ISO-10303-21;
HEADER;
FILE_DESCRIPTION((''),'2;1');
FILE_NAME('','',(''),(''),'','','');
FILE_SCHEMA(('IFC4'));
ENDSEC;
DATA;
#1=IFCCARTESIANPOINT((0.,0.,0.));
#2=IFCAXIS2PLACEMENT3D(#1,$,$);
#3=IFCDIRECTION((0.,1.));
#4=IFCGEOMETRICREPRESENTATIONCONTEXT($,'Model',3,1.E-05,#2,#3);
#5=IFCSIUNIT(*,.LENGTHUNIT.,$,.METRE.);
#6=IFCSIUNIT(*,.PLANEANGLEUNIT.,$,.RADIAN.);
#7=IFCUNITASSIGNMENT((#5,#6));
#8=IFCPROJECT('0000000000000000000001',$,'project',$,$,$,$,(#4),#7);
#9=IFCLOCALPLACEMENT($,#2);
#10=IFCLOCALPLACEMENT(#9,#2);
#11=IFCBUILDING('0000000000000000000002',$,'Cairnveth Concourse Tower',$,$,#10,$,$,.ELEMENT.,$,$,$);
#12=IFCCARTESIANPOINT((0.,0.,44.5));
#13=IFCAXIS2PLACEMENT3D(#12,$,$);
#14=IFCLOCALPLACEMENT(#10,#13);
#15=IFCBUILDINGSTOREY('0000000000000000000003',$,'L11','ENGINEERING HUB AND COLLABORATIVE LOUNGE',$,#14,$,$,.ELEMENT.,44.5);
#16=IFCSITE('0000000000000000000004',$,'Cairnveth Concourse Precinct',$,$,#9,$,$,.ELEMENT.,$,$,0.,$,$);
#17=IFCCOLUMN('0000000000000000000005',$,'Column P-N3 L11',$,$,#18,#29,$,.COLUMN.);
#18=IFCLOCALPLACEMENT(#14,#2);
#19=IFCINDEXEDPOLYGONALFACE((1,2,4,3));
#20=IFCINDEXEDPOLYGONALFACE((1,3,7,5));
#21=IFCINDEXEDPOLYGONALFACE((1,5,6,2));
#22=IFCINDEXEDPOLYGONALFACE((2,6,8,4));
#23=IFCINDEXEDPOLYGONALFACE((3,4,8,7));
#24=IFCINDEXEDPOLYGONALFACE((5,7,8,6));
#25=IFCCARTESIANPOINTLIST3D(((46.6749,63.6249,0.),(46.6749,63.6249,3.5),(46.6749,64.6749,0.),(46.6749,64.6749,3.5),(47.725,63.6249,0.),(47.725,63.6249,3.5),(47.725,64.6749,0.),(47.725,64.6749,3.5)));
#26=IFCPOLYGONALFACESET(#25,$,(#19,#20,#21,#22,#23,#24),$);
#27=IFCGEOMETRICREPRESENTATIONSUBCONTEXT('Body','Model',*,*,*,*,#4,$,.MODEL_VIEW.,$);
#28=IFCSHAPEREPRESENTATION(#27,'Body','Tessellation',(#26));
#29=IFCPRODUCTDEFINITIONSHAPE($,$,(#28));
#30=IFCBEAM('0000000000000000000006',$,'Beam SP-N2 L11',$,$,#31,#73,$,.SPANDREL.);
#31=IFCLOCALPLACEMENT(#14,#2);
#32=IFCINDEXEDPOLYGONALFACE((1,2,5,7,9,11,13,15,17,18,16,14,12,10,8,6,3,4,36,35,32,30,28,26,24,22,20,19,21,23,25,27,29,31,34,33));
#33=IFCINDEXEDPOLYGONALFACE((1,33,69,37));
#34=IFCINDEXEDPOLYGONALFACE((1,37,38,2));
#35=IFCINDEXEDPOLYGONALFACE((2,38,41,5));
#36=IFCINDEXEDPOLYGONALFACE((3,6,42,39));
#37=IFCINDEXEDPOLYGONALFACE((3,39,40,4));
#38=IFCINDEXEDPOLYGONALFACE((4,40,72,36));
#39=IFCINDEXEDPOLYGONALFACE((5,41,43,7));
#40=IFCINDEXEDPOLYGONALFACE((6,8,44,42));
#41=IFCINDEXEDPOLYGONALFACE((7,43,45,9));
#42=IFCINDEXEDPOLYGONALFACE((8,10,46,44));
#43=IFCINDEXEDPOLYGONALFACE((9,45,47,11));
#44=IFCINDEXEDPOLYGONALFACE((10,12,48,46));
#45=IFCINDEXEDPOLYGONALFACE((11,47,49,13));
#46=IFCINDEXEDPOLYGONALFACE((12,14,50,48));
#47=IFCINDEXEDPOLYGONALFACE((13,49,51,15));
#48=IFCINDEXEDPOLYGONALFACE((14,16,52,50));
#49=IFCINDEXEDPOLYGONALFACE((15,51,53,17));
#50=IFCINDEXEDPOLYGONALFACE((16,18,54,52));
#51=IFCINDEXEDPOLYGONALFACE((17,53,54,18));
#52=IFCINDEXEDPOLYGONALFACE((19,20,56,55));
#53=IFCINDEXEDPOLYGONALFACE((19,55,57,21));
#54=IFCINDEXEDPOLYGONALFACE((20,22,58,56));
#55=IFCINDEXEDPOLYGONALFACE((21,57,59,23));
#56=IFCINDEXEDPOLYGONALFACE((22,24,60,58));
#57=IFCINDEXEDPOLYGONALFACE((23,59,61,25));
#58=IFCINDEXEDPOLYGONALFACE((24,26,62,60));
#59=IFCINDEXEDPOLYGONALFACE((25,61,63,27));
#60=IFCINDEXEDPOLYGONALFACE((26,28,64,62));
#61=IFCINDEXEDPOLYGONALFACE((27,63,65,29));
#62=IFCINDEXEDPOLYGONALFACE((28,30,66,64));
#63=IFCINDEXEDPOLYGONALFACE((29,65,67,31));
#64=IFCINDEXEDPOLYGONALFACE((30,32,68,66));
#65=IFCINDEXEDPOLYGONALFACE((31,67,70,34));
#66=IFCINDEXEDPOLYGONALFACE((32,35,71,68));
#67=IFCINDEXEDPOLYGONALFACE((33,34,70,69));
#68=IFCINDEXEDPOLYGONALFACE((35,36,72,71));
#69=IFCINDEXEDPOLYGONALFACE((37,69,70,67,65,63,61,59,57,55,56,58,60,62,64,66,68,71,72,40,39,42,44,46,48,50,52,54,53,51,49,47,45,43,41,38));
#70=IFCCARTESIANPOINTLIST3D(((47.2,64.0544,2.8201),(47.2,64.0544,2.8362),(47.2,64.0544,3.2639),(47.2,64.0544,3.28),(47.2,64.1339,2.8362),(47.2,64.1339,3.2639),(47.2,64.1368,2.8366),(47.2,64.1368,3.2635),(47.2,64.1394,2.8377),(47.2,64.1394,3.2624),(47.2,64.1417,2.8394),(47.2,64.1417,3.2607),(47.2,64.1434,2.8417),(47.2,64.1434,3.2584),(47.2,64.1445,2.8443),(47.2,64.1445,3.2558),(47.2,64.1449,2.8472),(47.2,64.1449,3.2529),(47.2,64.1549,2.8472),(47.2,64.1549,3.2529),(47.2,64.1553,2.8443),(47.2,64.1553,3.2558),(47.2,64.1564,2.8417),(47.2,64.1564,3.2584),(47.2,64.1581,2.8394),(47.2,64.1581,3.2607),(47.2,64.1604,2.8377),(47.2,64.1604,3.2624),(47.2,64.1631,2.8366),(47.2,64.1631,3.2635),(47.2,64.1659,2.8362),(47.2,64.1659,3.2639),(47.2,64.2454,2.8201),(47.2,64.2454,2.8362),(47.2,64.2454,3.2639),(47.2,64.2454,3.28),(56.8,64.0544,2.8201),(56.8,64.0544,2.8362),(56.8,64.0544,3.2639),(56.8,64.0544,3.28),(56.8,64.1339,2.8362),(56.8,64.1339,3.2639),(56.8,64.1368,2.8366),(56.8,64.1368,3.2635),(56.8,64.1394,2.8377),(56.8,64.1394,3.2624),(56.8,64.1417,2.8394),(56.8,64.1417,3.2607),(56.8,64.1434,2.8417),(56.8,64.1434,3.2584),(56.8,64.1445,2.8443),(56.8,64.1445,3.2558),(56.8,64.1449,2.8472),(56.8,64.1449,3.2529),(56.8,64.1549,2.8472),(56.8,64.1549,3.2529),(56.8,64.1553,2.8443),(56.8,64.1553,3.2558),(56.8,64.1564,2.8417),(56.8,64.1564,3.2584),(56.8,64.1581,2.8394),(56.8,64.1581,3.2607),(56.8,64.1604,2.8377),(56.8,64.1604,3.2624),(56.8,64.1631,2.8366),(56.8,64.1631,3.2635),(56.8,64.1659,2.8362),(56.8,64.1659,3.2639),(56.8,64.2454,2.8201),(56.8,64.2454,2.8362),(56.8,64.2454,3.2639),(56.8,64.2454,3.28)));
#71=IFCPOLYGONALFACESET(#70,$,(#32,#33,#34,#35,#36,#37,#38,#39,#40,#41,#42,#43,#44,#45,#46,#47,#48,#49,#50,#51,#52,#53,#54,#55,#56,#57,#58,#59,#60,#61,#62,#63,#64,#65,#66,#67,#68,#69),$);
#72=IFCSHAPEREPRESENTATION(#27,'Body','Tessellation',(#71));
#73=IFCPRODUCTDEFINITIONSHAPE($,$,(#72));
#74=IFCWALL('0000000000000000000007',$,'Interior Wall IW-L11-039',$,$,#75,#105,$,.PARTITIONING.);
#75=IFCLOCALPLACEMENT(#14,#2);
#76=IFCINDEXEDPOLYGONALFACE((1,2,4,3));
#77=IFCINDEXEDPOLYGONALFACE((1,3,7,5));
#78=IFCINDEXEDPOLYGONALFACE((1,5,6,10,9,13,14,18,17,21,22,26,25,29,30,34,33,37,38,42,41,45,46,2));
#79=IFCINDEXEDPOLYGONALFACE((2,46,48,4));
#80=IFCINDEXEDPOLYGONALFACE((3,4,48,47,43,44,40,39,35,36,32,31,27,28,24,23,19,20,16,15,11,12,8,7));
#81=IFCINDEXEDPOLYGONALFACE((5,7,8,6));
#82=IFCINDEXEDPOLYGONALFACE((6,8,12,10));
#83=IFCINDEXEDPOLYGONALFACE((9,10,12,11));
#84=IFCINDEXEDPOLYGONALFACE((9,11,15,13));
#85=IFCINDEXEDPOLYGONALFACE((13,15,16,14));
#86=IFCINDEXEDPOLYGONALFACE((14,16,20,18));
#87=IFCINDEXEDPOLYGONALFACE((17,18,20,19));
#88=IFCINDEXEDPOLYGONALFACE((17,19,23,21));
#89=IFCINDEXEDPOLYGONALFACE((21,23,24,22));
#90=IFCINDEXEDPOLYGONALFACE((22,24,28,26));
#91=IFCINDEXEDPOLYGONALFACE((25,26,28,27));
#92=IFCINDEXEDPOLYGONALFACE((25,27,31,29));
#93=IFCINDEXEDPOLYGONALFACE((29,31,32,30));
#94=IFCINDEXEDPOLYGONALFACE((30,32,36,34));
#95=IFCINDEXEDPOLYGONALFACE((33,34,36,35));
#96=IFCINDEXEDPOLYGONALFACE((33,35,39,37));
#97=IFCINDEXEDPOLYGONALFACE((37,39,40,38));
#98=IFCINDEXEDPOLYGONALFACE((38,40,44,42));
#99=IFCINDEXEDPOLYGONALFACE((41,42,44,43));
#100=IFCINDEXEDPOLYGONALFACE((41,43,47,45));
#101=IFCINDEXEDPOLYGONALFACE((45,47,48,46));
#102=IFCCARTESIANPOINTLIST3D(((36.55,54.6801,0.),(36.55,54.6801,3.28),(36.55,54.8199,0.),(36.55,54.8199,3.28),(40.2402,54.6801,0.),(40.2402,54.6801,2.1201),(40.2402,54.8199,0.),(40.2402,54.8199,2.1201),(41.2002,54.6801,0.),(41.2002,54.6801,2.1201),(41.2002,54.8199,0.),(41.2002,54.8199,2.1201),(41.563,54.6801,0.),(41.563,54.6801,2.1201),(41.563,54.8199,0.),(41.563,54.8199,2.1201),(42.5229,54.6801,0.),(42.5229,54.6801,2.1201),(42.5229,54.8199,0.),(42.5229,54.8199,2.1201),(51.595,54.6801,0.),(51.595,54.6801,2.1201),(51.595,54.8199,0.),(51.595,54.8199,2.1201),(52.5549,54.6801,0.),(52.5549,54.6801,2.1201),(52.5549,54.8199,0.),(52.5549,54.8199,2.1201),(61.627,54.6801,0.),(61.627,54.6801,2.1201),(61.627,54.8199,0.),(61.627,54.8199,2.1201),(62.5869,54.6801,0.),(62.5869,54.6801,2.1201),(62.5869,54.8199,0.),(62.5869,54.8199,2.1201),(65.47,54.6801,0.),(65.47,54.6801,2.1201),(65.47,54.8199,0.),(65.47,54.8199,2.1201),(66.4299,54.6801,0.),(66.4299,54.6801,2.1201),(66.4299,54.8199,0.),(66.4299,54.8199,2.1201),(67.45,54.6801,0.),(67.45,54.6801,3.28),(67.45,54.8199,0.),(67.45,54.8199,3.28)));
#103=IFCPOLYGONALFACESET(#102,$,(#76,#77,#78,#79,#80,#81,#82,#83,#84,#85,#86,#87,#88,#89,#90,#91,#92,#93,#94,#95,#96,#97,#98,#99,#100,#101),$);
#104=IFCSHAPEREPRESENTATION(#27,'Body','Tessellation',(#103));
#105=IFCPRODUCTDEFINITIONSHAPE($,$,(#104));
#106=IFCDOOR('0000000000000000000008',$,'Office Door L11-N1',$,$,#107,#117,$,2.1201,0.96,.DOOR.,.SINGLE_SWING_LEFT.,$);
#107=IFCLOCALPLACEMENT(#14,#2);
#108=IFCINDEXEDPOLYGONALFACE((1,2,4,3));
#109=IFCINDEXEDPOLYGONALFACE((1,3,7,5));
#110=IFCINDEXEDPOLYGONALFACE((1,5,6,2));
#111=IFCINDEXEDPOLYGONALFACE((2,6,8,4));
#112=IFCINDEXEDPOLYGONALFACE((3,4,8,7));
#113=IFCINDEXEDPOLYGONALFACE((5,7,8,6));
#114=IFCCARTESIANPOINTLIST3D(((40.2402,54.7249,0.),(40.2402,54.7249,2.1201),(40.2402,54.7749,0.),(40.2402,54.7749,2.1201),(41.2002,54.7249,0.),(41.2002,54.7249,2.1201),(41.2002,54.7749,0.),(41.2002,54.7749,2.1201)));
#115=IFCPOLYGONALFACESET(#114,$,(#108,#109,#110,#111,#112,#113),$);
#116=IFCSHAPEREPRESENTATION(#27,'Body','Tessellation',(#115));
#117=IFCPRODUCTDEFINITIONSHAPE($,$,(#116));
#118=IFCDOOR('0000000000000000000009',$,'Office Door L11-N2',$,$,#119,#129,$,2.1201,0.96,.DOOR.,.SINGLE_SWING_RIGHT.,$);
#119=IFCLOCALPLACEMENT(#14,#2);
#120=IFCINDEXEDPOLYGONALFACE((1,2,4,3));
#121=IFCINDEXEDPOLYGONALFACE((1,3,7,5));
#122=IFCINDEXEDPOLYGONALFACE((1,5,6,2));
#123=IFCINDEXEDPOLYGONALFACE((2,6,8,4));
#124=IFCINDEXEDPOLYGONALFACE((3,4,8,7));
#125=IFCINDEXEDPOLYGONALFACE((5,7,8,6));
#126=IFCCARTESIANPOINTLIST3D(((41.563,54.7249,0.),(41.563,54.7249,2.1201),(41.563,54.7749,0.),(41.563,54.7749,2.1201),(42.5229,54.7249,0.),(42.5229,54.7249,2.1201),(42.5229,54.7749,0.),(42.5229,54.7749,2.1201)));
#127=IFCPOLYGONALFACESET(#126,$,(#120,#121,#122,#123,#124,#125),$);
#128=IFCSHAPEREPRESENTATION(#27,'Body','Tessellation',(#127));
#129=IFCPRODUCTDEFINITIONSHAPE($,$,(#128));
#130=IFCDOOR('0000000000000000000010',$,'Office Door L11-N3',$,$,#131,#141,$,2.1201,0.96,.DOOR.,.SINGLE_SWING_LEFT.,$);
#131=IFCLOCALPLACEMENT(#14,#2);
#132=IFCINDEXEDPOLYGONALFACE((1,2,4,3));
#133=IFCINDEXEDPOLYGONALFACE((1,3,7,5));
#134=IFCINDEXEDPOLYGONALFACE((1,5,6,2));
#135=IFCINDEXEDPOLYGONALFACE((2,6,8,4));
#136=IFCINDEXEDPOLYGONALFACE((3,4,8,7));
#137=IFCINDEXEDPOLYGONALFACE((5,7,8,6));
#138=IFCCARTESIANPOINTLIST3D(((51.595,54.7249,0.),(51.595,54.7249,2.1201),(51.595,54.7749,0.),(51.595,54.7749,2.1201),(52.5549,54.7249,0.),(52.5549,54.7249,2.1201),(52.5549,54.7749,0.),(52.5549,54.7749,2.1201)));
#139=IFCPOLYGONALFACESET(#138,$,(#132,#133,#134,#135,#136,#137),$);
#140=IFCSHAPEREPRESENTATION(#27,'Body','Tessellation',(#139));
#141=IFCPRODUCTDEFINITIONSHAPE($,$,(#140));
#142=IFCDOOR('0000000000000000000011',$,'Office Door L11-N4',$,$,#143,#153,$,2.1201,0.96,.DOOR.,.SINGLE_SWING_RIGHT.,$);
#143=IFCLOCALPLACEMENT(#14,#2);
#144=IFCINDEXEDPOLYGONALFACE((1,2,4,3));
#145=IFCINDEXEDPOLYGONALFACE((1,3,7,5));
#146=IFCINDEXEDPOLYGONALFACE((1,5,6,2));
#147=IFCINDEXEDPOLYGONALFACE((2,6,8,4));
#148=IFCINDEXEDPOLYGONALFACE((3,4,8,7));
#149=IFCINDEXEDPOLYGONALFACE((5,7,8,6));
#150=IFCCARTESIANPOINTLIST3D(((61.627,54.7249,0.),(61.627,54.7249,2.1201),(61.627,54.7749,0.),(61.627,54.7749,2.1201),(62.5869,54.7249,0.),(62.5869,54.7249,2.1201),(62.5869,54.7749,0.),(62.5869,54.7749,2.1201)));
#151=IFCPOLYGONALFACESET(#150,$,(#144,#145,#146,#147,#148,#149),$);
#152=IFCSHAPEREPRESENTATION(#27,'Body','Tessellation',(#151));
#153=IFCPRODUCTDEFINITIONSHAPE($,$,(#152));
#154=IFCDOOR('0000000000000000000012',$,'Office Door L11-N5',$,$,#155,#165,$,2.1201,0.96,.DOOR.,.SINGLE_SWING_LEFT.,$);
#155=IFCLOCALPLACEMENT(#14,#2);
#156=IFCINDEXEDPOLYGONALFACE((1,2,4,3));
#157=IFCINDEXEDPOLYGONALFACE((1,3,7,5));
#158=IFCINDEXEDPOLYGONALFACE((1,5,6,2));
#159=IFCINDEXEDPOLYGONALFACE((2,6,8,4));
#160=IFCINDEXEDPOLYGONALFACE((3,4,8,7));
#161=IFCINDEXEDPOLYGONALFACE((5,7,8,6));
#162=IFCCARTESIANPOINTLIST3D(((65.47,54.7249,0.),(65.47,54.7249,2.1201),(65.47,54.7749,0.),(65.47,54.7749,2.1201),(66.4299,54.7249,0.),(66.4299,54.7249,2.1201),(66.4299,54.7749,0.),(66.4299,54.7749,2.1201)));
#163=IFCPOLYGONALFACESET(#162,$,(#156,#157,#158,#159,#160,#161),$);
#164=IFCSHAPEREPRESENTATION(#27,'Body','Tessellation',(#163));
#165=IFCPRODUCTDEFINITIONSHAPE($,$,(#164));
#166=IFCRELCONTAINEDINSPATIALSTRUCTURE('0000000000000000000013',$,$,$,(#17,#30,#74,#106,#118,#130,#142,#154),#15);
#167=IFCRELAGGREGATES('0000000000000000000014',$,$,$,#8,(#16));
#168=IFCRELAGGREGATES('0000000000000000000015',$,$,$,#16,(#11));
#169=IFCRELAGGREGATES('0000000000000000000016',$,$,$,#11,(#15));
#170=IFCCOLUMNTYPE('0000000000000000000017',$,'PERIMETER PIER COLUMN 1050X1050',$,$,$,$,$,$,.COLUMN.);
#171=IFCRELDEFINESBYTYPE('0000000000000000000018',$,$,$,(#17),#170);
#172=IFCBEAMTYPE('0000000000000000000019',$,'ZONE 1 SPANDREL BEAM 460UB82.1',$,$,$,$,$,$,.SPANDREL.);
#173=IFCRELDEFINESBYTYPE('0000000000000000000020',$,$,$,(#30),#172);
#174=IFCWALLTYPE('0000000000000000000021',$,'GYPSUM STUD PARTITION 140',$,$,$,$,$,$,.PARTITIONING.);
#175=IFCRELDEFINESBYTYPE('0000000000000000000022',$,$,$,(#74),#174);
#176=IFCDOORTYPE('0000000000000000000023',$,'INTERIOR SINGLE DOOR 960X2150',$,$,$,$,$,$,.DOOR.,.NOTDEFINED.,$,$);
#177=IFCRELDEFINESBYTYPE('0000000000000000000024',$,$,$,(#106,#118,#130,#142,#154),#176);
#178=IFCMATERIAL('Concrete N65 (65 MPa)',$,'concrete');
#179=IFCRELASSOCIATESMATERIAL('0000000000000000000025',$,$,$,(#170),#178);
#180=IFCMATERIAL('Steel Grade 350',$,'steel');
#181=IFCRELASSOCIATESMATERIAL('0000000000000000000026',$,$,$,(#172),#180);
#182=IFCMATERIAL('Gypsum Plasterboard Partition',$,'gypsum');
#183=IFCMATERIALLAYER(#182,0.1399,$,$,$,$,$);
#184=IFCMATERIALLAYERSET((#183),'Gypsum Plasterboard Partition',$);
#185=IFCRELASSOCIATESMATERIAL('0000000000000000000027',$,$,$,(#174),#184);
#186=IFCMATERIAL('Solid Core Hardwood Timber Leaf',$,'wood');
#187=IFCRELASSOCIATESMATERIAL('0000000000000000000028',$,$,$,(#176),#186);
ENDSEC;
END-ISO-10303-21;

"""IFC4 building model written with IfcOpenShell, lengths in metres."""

from ifc_helpers import new_model, si_unit, direction, frame, frame_2d, origin, origin_2d, place, context, subcontext, project, spatial, rectangle, i_section, extrude, material, layer, layer_set, material_profile, profile_set, type_object, element, fill, save


model = new_model("IFC4")

# Units and contexts
model_context = context("Model", 3, precision=1e-05, world=origin(), true_north=direction((0.0, 1.0)))
body_context = subcontext(model_context, "Body", "Model", "MODEL_VIEW")
ifc_project = project(units=[si_unit("LENGTHUNIT", "METRE"), si_unit("PLANEANGLEUNIT", "RADIAN")], contexts=[model_context])

# Site, building, storey
site_placement = place(None, origin())
site = spatial("IfcSite", under=ifc_project, at=site_placement, Name="Cairnveth Concourse Precinct", CompositionType="ELEMENT", RefElevation=0.0)
building_placement = place(site_placement, origin())
building = spatial("IfcBuilding", under=site, at=building_placement, Name="Cairnveth Concourse Tower", CompositionType="ELEMENT")
storey_placement = place(building_placement, frame((0.0, 0.0, 44.5)))
storey = spatial("IfcBuildingStorey", under=building, at=storey_placement, Name="L11", Description="ENGINEERING HUB AND COLLABORATIVE LOUNGE", CompositionType="ELEMENT", Elevation=44.5)

# Column
ifc_material_1 = material(Name="Concrete N65 (65 MPa)", Category="concrete")
ifc_material_profile_1 = material_profile(ifc_material_1, rectangle(XDim=1.05, YDim=1.05, at=origin_2d()), Name="RC-COL-1050x1050")
ifc_profile_set_1 = profile_set([ifc_material_profile_1], Name="Concrete N65 (65 MPa)")
column_type = type_object("IfcColumnType", Name="PERIMETER PIER COLUMN 1050X1050", PredefinedType="COLUMN", material=ifc_profile_set_1)
column_placement = place(storey_placement, frame((47.2, 64.1499, 0.0), z_axis=(0.0, 0.0, 1.0), x_axis=(1.0, 0.0, 0.0)))
element("IfcColumn", 1, at=column_placement, inside=storey, type_object=column_type, Name="Column P-N3 L11", PredefinedType="COLUMN", context=body_context, shape_type="SweptSolid", body=[
    extrude(rectangle(XDim=1.05, YDim=1.05, at=origin_2d()), origin(), (0.0, 0.0, 1.0), 3.5),
])

# Beam
ifc_material_2 = material(Name="Steel Grade 350", Category="steel")
ifc_material_profile_2 = material_profile(ifc_material_2, i_section(OverallWidth=0.1909, OverallDepth=0.46, WebThickness=0.01, FlangeThickness=0.0161, FilletRadius=0.011, at=origin_2d()), Name="460UB82.1")
ifc_profile_set_2 = profile_set([ifc_material_profile_2], Name="Steel Grade 350")
beam_type = type_object("IfcBeamType", Name="ZONE 1 SPANDREL BEAM 460UB82.1", PredefinedType="SPANDREL", material=ifc_profile_set_2)
beam_placement = place(storey_placement, frame((47.2, 64.1499, 3.05), z_axis=(1.0, 0.0, 0.0), x_axis=(0.0, 1.0, 0.0)))
element("IfcBeam", 2, at=beam_placement, inside=storey, type_object=beam_type, Name="Beam SP-N2 L11", PredefinedType="SPANDREL", context=body_context, shape_type="SweptSolid", body=[
    extrude(i_section(OverallWidth=0.1909, OverallDepth=0.46, WebThickness=0.01, FlangeThickness=0.0161, FilletRadius=0.011, at=origin_2d()), origin(), (0.0, 0.0, 1.0), 9.6001),
])

# Wall, openings, doors
ifc_material_3 = material(Name="Gypsum Plasterboard Partition", Category="gypsum")
ifc_layer = layer(ifc_material_3, 0.1399)
ifc_layer_set = layer_set([ifc_layer], Name="Gypsum Plasterboard Partition")
wall_type = type_object("IfcWallType", Name="GYPSUM STUD PARTITION 140", PredefinedType="PARTITIONING", material=ifc_layer_set)
wall_1_placement = place(storey_placement, frame((36.55, 54.75, 0.0), z_axis=(0.0, 0.0, 1.0), x_axis=(1.0, 0.0, 0.0)))
wall_1 = element("IfcWall", 3, at=wall_1_placement, inside=storey, type_object=wall_type, Name="Interior Wall IW-L11-039", PredefinedType="PARTITIONING", context=body_context, shape_type="SweptSolid", body=[
    extrude(rectangle(XDim=30.8999, YDim=0.1399, at=frame_2d((15.45, 0.0))), origin(), (0.0, 0.0, 1.0), 3.28),
])
opening_1_placement = place(wall_1_placement, frame((3.6902, 0.0, 0.0)))
opening_1 = element("IfcOpeningElement", 4, at=opening_1_placement, cuts=wall_1, PredefinedType="OPENING", context=body_context, shape_type="SweptSolid", body=[
    extrude(rectangle(XDim=0.96, YDim=2.1201, at=frame_2d((0.48, 1.0601))), frame((0.0, 0.0798, 0.0), z_axis=(0.0, -1.0, 0.0), x_axis=(1.0, 0.0, 0.0)), (0.0, 0.0, 1.0), 0.1599),
])
opening_2_placement = place(wall_1_placement, frame((5.0129, 0.0, 0.0)))
opening_2 = element("IfcOpeningElement", 5, at=opening_2_placement, cuts=wall_1, PredefinedType="OPENING", context=body_context, shape_type="SweptSolid", body=[
    extrude(rectangle(XDim=0.96, YDim=2.1201, at=frame_2d((0.48, 1.0601))), frame((0.0, 0.0798, 0.0), z_axis=(0.0, -1.0, 0.0), x_axis=(1.0, 0.0, 0.0)), (0.0, 0.0, 1.0), 0.1599),
])
opening_3_placement = place(wall_1_placement, frame((15.0449, 0.0, 0.0)))
opening_3 = element("IfcOpeningElement", 6, at=opening_3_placement, cuts=wall_1, PredefinedType="OPENING", context=body_context, shape_type="SweptSolid", body=[
    extrude(rectangle(XDim=0.96, YDim=2.1201, at=frame_2d((0.48, 1.0601))), frame((0.0, 0.0798, 0.0), z_axis=(0.0, -1.0, 0.0), x_axis=(1.0, 0.0, 0.0)), (0.0, 0.0, 1.0), 0.1599),
])
opening_4_placement = place(wall_1_placement, frame((25.0769, 0.0, 0.0)))
opening_4 = element("IfcOpeningElement", 7, at=opening_4_placement, cuts=wall_1, PredefinedType="OPENING", context=body_context, shape_type="SweptSolid", body=[
    extrude(rectangle(XDim=0.96, YDim=2.1201, at=frame_2d((0.48, 1.0601))), frame((0.0, 0.0798, 0.0), z_axis=(0.0, -1.0, 0.0), x_axis=(1.0, 0.0, 0.0)), (0.0, 0.0, 1.0), 0.1599),
])
opening_5_placement = place(wall_1_placement, frame((28.9199, 0.0, 0.0)))
opening_5 = element("IfcOpeningElement", 8, at=opening_5_placement, cuts=wall_1, PredefinedType="OPENING", context=body_context, shape_type="SweptSolid", body=[
    extrude(rectangle(XDim=0.96, YDim=2.1201, at=frame_2d((0.48, 1.0601))), frame((0.0, 0.0798, 0.0), z_axis=(0.0, -1.0, 0.0), x_axis=(1.0, 0.0, 0.0)), (0.0, 0.0, 1.0), 0.1599),
])
ifc_material_4 = material(Name="Solid Core Hardwood Timber Leaf", Category="wood")
door_type_1 = type_object("IfcDoorType", Name="INTERIOR SINGLE DOOR 960X2150", OperationType="NOTDEFINED", PredefinedType="DOOR", material=ifc_material_4)
door_1_placement = place(opening_1_placement, origin())
door_1 = element("IfcDoor", 9, at=door_1_placement, inside=storey, type_object=door_type_1, Name="Office Door L11-N1", OperationType="SINGLE_SWING_LEFT", OverallHeight=2.1201, OverallWidth=0.96, PredefinedType="DOOR", context=body_context, shape_type="SweptSolid", body=[
    extrude(rectangle(XDim=0.96, YDim=2.1201, at=frame_2d((0.48, 1.0601))), frame((0.0, 0.0249, 0.0), z_axis=(0.0, -1.0, 0.0), x_axis=(1.0, 0.0, 0.0)), (0.0, 0.0, 1.0), 0.05),
])
fill(opening_1, door_1)
door_2_placement = place(opening_2_placement, origin())
door_2 = element("IfcDoor", 10, at=door_2_placement, inside=storey, type_object=door_type_1, Name="Office Door L11-N2", OperationType="SINGLE_SWING_RIGHT", OverallHeight=2.1201, OverallWidth=0.96, PredefinedType="DOOR", context=body_context, shape_type="SweptSolid", body=[
    extrude(rectangle(XDim=0.96, YDim=2.1201, at=frame_2d((0.48, 1.0601))), frame((0.0, 0.0249, 0.0), z_axis=(0.0, -1.0, 0.0), x_axis=(1.0, 0.0, 0.0)), (0.0, 0.0, 1.0), 0.05),
])
fill(opening_2, door_2)
door_3_placement = place(opening_3_placement, origin())
door_3 = element("IfcDoor", 11, at=door_3_placement, inside=storey, type_object=door_type_1, Name="Office Door L11-N3", OperationType="SINGLE_SWING_LEFT", OverallHeight=2.1201, OverallWidth=0.96, PredefinedType="DOOR", context=body_context, shape_type="SweptSolid", body=[
    extrude(rectangle(XDim=0.96, YDim=2.1201, at=frame_2d((0.48, 1.0601))), frame((0.0, 0.0249, 0.0), z_axis=(0.0, -1.0, 0.0), x_axis=(1.0, 0.0, 0.0)), (0.0, 0.0, 1.0), 0.05),
])
fill(opening_3, door_3)
door_4_placement = place(opening_4_placement, origin())
door_4 = element("IfcDoor", 12, at=door_4_placement, inside=storey, type_object=door_type_1, Name="Office Door L11-N4", OperationType="SINGLE_SWING_RIGHT", OverallHeight=2.1201, OverallWidth=0.96, PredefinedType="DOOR", context=body_context, shape_type="SweptSolid", body=[
    extrude(rectangle(XDim=0.96, YDim=2.1201, at=frame_2d((0.48, 1.0601))), frame((0.0, 0.0249, 0.0), z_axis=(0.0, -1.0, 0.0), x_axis=(1.0, 0.0, 0.0)), (0.0, 0.0, 1.0), 0.05),
])
fill(opening_4, door_4)
door_5_placement = place(opening_5_placement, origin())
door_5 = element("IfcDoor", 13, at=door_5_placement, inside=storey, type_object=door_type_1, Name="Office Door L11-N5", OperationType="SINGLE_SWING_LEFT", OverallHeight=2.1201, OverallWidth=0.96, PredefinedType="DOOR", context=body_context, shape_type="SweptSolid", body=[
    extrude(rectangle(XDim=0.96, YDim=2.1201, at=frame_2d((0.48, 1.0601))), frame((0.0, 0.0249, 0.0), z_axis=(0.0, -1.0, 0.0), x_axis=(1.0, 0.0, 0.0)), (0.0, 0.0, 1.0), 0.05),
])
fill(opening_5, door_5)

save(model, "model.ifc")
